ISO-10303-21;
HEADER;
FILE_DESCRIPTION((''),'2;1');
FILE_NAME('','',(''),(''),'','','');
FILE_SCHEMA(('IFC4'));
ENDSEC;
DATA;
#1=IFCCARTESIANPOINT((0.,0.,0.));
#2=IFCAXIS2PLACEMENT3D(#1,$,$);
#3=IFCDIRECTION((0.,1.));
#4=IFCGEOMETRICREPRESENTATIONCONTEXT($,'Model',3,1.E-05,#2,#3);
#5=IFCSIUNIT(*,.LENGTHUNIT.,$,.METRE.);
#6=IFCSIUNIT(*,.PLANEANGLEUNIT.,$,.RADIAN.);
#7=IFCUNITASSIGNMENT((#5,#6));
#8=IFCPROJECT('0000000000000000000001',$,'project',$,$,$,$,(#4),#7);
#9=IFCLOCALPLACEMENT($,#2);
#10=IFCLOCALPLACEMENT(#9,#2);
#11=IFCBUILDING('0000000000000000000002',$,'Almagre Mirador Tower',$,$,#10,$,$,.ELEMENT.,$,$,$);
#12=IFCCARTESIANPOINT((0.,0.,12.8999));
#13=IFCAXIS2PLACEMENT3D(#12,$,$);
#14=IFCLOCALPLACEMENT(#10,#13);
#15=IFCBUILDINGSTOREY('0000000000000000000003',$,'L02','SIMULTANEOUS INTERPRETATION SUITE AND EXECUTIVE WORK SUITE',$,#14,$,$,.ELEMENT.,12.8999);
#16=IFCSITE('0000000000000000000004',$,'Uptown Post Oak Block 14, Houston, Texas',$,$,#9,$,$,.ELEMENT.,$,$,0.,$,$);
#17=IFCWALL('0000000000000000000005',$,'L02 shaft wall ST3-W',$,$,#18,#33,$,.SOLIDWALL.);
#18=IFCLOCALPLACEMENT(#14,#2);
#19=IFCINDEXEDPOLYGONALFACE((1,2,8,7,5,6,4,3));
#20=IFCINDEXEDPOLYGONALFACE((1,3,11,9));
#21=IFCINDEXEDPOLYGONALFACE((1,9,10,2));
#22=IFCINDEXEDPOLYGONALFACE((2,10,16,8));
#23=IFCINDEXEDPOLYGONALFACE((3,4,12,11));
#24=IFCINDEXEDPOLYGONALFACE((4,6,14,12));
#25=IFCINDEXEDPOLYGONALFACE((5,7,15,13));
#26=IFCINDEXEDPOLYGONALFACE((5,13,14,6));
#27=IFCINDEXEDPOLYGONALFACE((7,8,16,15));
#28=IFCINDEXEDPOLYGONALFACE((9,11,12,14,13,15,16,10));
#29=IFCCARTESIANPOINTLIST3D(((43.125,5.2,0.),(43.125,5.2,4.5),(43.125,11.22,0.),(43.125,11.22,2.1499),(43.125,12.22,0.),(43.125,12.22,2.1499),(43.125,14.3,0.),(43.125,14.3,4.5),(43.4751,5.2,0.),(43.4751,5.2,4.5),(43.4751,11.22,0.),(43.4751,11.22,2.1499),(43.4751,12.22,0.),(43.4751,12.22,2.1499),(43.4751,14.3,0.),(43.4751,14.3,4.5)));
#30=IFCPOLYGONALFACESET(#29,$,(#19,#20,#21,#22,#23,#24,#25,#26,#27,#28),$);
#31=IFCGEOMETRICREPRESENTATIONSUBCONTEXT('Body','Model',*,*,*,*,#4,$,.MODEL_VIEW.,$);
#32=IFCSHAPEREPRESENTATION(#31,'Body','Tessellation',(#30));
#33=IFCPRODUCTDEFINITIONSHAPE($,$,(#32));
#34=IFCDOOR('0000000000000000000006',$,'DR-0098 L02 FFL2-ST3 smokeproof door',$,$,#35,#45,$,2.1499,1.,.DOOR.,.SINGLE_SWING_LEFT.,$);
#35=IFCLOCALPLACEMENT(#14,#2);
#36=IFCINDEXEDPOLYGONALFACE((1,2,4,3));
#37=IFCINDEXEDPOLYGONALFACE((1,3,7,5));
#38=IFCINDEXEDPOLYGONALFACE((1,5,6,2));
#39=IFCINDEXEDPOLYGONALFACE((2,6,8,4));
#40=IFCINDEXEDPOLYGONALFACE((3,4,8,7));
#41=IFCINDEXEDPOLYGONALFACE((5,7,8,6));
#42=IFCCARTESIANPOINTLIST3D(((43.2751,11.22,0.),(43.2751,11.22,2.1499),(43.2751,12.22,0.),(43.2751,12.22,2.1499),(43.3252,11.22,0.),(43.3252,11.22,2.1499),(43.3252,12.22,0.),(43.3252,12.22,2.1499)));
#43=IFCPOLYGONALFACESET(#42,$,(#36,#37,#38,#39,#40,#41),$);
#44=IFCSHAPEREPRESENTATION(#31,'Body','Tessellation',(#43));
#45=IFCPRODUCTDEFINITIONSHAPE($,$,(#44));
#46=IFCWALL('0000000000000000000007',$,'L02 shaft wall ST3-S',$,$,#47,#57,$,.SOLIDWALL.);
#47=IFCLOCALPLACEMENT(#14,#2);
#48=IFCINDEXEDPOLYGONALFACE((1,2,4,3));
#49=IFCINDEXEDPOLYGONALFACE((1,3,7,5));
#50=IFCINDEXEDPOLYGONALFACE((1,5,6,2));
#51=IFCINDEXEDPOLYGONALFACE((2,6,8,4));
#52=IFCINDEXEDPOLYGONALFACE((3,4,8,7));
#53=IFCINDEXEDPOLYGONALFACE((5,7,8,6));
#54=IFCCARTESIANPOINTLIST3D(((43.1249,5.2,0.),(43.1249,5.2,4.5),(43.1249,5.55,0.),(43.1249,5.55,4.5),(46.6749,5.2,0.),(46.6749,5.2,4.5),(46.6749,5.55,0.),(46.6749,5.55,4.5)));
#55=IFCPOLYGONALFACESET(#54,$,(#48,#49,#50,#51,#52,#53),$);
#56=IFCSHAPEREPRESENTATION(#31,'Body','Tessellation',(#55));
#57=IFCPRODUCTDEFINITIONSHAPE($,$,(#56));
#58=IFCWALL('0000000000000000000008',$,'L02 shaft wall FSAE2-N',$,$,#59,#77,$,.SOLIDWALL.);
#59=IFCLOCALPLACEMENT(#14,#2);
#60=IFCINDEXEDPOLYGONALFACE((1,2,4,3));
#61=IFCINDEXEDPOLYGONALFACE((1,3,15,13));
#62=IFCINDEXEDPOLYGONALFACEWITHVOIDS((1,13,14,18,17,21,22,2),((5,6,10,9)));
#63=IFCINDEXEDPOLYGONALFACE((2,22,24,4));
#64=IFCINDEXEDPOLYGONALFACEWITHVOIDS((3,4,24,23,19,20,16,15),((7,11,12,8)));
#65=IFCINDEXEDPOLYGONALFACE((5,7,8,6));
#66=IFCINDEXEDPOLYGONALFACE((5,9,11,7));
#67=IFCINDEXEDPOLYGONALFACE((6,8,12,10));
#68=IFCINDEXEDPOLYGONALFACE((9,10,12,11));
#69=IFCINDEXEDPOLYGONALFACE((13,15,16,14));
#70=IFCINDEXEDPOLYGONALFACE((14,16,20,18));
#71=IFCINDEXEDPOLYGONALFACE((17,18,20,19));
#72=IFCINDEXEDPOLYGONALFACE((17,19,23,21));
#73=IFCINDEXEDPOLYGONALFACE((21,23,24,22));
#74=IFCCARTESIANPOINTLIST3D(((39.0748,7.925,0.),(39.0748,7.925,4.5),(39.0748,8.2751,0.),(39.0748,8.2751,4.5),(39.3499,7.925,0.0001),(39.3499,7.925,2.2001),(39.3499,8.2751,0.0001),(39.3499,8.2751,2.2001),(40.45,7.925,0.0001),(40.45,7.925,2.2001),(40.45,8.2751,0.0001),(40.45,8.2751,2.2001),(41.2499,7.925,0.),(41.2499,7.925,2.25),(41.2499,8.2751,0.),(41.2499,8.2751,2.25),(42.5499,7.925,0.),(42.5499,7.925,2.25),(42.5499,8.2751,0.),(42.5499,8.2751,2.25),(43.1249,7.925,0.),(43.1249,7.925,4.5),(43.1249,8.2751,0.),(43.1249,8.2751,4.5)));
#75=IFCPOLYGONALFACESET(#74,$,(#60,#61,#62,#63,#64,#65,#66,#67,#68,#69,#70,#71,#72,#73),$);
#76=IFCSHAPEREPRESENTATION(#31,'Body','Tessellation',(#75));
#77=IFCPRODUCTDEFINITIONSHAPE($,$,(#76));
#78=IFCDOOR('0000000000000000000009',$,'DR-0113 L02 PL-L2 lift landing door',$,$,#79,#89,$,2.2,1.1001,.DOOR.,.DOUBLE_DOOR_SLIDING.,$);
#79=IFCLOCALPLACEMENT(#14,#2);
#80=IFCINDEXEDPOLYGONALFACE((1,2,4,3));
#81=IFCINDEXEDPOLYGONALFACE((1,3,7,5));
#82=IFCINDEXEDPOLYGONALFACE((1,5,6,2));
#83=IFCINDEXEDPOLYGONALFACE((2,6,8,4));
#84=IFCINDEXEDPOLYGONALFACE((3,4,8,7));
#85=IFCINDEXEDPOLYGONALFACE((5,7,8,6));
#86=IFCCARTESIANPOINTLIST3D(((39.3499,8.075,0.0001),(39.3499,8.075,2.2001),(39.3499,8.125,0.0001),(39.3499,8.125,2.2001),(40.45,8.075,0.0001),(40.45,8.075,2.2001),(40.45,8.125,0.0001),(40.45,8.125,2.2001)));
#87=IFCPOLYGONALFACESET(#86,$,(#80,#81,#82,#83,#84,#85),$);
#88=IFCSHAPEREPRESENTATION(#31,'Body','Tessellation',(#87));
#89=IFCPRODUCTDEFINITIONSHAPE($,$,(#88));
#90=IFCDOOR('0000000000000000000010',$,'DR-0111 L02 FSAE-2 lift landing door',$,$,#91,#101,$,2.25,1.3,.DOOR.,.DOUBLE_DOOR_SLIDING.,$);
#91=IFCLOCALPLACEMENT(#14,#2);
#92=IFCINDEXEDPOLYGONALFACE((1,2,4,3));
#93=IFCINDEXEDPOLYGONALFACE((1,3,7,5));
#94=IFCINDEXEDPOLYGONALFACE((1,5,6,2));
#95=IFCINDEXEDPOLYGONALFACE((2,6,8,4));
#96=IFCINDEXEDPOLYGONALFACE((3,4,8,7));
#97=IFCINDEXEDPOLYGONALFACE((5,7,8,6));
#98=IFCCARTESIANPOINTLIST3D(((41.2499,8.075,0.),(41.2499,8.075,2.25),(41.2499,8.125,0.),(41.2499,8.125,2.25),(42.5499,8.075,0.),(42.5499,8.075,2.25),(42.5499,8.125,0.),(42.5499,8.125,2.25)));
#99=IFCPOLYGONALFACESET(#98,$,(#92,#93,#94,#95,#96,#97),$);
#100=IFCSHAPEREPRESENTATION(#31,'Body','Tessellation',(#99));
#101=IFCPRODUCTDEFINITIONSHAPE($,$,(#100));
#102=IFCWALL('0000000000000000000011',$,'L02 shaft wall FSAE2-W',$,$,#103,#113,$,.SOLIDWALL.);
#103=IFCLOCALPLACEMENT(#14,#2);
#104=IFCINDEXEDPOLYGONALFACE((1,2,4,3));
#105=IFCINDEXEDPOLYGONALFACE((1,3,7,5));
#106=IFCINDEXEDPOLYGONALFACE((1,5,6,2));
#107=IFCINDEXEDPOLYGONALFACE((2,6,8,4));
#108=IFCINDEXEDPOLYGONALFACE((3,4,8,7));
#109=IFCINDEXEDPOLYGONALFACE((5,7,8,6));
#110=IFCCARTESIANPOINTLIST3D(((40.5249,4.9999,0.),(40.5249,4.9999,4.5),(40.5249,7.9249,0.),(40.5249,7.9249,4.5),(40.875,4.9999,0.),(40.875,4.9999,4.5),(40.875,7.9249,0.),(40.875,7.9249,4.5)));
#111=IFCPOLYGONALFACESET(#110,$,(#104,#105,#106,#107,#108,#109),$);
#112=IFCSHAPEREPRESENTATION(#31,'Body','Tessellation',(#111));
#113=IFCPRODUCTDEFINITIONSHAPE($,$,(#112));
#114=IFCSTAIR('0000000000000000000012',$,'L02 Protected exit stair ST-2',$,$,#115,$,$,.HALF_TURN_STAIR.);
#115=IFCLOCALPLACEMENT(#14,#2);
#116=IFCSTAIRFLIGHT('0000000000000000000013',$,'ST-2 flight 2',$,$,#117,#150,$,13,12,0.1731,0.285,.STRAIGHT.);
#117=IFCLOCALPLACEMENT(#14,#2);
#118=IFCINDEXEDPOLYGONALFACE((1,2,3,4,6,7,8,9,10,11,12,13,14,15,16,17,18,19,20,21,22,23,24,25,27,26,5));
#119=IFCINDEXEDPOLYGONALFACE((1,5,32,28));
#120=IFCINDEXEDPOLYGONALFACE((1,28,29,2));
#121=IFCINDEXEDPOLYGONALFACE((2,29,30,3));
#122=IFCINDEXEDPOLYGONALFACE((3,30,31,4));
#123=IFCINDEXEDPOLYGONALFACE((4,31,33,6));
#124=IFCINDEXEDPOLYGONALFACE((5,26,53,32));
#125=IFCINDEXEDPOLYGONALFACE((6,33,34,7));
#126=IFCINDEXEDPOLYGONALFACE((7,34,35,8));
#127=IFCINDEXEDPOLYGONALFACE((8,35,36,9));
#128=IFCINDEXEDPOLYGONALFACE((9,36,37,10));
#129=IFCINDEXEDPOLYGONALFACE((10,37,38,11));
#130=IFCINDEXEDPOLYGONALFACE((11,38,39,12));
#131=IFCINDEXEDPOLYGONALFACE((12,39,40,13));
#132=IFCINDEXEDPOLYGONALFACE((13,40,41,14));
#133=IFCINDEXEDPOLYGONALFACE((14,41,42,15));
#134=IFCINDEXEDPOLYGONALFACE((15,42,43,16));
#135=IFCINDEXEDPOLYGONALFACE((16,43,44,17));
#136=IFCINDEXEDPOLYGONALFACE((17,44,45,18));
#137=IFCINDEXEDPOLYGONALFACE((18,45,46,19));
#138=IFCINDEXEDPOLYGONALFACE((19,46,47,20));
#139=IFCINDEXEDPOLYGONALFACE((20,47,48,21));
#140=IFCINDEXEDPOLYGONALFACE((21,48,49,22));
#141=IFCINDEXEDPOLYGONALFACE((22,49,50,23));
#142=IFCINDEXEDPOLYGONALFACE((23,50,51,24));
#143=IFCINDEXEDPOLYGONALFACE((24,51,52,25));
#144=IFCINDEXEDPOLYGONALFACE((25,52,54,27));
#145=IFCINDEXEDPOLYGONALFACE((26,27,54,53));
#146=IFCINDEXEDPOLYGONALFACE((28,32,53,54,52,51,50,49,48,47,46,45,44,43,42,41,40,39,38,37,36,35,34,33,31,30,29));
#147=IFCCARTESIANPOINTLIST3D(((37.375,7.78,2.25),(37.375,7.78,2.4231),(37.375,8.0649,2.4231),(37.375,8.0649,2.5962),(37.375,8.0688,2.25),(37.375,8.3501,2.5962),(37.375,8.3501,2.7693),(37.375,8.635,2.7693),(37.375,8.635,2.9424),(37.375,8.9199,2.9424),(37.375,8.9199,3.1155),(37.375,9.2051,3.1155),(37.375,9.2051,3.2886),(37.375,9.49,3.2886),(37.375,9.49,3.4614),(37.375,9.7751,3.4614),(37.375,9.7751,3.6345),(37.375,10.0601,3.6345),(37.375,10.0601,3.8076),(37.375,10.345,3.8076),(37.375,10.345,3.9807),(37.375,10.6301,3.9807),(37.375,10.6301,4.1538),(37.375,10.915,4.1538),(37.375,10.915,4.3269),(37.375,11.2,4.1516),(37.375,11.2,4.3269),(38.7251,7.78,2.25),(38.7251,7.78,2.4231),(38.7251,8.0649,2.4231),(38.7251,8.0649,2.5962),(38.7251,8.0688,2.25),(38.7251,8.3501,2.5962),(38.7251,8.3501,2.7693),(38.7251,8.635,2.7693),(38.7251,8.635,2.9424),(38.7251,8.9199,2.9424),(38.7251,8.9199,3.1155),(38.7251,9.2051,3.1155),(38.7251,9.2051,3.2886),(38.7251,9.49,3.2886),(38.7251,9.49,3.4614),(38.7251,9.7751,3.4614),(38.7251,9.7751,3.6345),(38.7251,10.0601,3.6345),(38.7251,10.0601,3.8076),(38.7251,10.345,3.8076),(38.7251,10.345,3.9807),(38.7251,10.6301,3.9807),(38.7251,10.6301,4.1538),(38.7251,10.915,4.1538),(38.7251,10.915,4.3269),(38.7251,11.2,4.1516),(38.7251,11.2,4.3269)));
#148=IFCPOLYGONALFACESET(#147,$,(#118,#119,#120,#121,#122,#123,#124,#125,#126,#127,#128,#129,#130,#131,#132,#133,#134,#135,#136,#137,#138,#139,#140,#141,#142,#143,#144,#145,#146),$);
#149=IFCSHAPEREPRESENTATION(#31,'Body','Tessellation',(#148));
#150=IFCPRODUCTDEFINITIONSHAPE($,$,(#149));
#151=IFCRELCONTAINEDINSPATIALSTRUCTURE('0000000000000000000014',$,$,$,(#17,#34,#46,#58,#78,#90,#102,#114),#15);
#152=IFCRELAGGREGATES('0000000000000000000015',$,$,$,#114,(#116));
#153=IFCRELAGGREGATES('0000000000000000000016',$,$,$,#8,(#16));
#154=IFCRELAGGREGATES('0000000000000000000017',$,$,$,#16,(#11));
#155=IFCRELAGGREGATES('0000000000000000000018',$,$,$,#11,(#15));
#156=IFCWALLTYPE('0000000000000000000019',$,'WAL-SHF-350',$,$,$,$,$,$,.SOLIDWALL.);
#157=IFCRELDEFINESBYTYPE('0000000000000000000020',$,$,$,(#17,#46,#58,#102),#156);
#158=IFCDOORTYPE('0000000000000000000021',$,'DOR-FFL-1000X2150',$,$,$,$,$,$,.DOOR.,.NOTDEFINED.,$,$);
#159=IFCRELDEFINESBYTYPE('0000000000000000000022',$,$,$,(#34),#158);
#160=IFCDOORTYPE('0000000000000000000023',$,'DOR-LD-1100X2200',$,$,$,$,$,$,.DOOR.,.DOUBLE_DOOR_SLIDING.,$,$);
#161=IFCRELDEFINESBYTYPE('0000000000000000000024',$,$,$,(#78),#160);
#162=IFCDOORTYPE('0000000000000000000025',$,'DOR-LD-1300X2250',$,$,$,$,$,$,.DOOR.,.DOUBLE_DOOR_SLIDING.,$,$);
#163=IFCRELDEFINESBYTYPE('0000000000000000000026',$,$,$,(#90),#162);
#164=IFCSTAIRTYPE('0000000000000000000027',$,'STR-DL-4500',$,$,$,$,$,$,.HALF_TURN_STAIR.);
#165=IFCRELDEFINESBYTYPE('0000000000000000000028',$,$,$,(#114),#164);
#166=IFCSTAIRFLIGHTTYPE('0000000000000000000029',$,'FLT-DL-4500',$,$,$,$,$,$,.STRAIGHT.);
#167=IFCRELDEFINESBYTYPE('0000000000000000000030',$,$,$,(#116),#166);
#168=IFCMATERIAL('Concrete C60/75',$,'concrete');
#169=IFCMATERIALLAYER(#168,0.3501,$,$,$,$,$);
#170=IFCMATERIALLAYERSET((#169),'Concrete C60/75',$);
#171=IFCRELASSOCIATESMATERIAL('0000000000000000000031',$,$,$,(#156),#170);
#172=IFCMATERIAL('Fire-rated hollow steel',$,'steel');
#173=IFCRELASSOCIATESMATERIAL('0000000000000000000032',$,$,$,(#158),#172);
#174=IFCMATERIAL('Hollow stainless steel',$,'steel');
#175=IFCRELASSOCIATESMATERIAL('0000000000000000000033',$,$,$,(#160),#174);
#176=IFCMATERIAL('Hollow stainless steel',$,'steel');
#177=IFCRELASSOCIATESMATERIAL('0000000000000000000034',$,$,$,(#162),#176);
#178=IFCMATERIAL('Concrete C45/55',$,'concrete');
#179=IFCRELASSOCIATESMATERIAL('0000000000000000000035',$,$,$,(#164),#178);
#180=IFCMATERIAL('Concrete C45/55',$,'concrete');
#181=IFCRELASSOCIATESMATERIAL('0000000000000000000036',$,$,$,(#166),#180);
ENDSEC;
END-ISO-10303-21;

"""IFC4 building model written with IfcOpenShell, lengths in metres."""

from ifc_helpers import new_model, si_unit, direction, frame, frame_2d, origin, place, context, subcontext, project, spatial, polyline, rectangle, outline, extrude, material, layer, layer_set, type_object, element, fill, aggregate, save


model = new_model("IFC4")

# Units and contexts
model_context = context("Model", 3, precision=1e-05, world=origin(), true_north=direction((0.0, 1.0)))
body_context = subcontext(model_context, "Body", "Model", "MODEL_VIEW")
ifc_project = project(units=[si_unit("LENGTHUNIT", "METRE"), si_unit("PLANEANGLEUNIT", "RADIAN")], contexts=[model_context])

# Site, building, storey
site_placement = place(None, origin())
site = spatial("IfcSite", under=ifc_project, at=site_placement, Name="Uptown Post Oak Block 14, Houston, Texas", CompositionType="ELEMENT", RefElevation=0.0)
building_placement = place(site_placement, origin())
building = spatial("IfcBuilding", under=site, at=building_placement, Name="Almagre Mirador Tower", CompositionType="ELEMENT")
storey_placement = place(building_placement, frame((0.0, 0.0, 12.8999)))
storey = spatial("IfcBuildingStorey", under=building, at=storey_placement, Name="L02", Description="SIMULTANEOUS INTERPRETATION SUITE AND EXECUTIVE WORK SUITE", CompositionType="ELEMENT", Elevation=12.8999)

# Wall, opening, door
ifc_material_1 = material(Name="Concrete C60/75", Category="concrete")
ifc_layer_1 = layer(ifc_material_1, 0.3501)
ifc_layer_set_1 = layer_set([ifc_layer_1], Name="Concrete C60/75")
wall_type_1 = type_object("IfcWallType", Name="WAL-SHF-350", PredefinedType="SOLIDWALL", material=ifc_layer_set_1)
ifc_material_2 = material(Name="Fire-rated hollow steel", Category="steel")
door_type_1 = type_object("IfcDoorType", Name="DOR-FFL-1000X2150", OperationType="NOTDEFINED", PredefinedType="DOOR", material=ifc_material_2)
wall_1_placement = place(storey_placement, frame((43.3, 5.2, 0.0), z_axis=(0.0, 0.0, 1.0), x_axis=(0.0, 1.0, 0.0)))
wall_1 = element("IfcWall", 1, at=wall_1_placement, inside=storey, type_object=wall_type_1, Name="L02 shaft wall ST3-W", PredefinedType="SOLIDWALL", context=body_context, shape_type="SweptSolid", body=[
    extrude(rectangle(XDim=9.1001, YDim=0.3501, at=frame_2d((4.55, 0.0))), origin(), (0.0, 0.0, 1.0), 4.5),
])
opening_1_placement = place(wall_1_placement, frame((6.02, 0.0, 0.0)))
opening_1 = element("IfcOpeningElement", 2, at=opening_1_placement, cuts=wall_1, PredefinedType="OPENING", context=body_context, shape_type="SweptSolid", body=[
    extrude(rectangle(XDim=1.0, YDim=2.1499, at=frame_2d((0.5, 1.075))), frame((0.0, 0.185, 0.0), z_axis=(0.0, -1.0, 0.0), x_axis=(1.0, 0.0, 0.0)), (0.0, 0.0, 1.0), 0.3701),
])
door_1_placement = place(opening_1_placement, origin())
door_1 = element("IfcDoor", 3, at=door_1_placement, inside=storey, type_object=door_type_1, Name="DR-0098 L02 FFL2-ST3 smokeproof door", OperationType="SINGLE_SWING_LEFT", OverallHeight=2.1499, OverallWidth=1.0, PredefinedType="DOOR", context=body_context, shape_type="SweptSolid", body=[
    extrude(rectangle(XDim=1.0, YDim=2.1499, at=frame_2d((0.5, 1.075))), frame((0.0, 0.0249, 0.0), z_axis=(0.0, -1.0, 0.0), x_axis=(1.0, 0.0, 0.0)), (0.0, 0.0, 1.0), 0.05),
])
fill(opening_1, door_1)

# Wall
wall_2_placement = place(storey_placement, frame((43.125, 5.375, 0.0), z_axis=(0.0, 0.0, 1.0), x_axis=(1.0, 0.0, 0.0)))
element("IfcWall", 4, at=wall_2_placement, inside=storey, type_object=wall_type_1, Name="L02 shaft wall ST3-S", PredefinedType="SOLIDWALL", context=body_context, shape_type="SweptSolid", body=[
    extrude(rectangle(XDim=3.55, YDim=0.3501, at=frame_2d((1.7749, 0.0))), origin(), (0.0, 0.0, 1.0), 4.5),
])

# Wall, openings, doors
wall_3_placement = place(storey_placement, frame((39.075, 8.1001, 0.0), z_axis=(0.0, 0.0, 1.0), x_axis=(1.0, 0.0, 0.0)))
wall_3 = element("IfcWall", 5, at=wall_3_placement, inside=storey, type_object=wall_type_1, Name="L02 shaft wall FSAE2-N", PredefinedType="SOLIDWALL", context=body_context, shape_type="SweptSolid", body=[
    extrude(rectangle(XDim=4.05, YDim=0.3501, at=frame_2d((2.0249, 0.0))), origin(), (0.0, 0.0, 1.0), 4.5),
])
opening_2_placement = place(wall_3_placement, frame((2.175, 0.0, 0.0)))
opening_2 = element("IfcOpeningElement", 6, at=opening_2_placement, cuts=wall_3, PredefinedType="OPENING", context=body_context, shape_type="SweptSolid", body=[
    extrude(rectangle(XDim=1.3, YDim=2.25, at=frame_2d((0.6499, 1.125))), frame((0.0, 0.185, 0.0), z_axis=(0.0, -1.0, 0.0), x_axis=(1.0, 0.0, 0.0)), (0.0, 0.0, 1.0), 0.3701),
])
opening_3_placement = place(wall_3_placement, frame((0.2749, 0.0, 0.0)))
opening_3 = element("IfcOpeningElement", 7, at=opening_3_placement, cuts=wall_3, PredefinedType="OPENING", context=body_context, shape_type="SweptSolid", body=[
    extrude(rectangle(XDim=1.1001, YDim=2.2, at=frame_2d((0.55, 1.1001))), frame((0.0, 0.185, 0.0), z_axis=(0.0, -1.0, 0.0), x_axis=(1.0, 0.0, 0.0)), (0.0, 0.0, 1.0), 0.3701),
])
ifc_material_3 = material(Name="Hollow stainless steel", Category="steel")
door_type_2 = type_object("IfcDoorType", Name="DOR-LD-1100X2200", OperationType="DOUBLE_DOOR_SLIDING", PredefinedType="DOOR", material=ifc_material_3)
door_2_placement = place(opening_3_placement, origin())
door_2 = element("IfcDoor", 8, at=door_2_placement, inside=storey, type_object=door_type_2, Name="DR-0113 L02 PL-L2 lift landing door", OperationType="DOUBLE_DOOR_SLIDING", OverallHeight=2.2, OverallWidth=1.1001, PredefinedType="DOOR", context=body_context, shape_type="SweptSolid", body=[
    extrude(rectangle(XDim=1.1001, YDim=2.2, at=frame_2d((0.55, 1.1001))), frame((0.0, 0.0249, 0.0), z_axis=(0.0, -1.0, 0.0), x_axis=(1.0, 0.0, 0.0)), (0.0, 0.0, 1.0), 0.05),
])
fill(opening_3, door_2)
ifc_material_4 = material(Name="Hollow stainless steel", Category="steel")
door_type_3 = type_object("IfcDoorType", Name="DOR-LD-1300X2250", OperationType="DOUBLE_DOOR_SLIDING", PredefinedType="DOOR", material=ifc_material_4)
door_3_placement = place(opening_2_placement, origin())
door_3 = element("IfcDoor", 9, at=door_3_placement, inside=storey, type_object=door_type_3, Name="DR-0111 L02 FSAE-2 lift landing door", OperationType="DOUBLE_DOOR_SLIDING", OverallHeight=2.25, OverallWidth=1.3, PredefinedType="DOOR", context=body_context, shape_type="SweptSolid", body=[
    extrude(rectangle(XDim=1.3, YDim=2.25, at=frame_2d((0.6499, 1.125))), frame((0.0, 0.0249, 0.0), z_axis=(0.0, -1.0, 0.0), x_axis=(1.0, 0.0, 0.0)), (0.0, 0.0, 1.0), 0.05),
])
fill(opening_2, door_3)

# Wall
wall_4_placement = place(storey_placement, frame((40.7, 5.0, 0.0), z_axis=(0.0, 0.0, 1.0), x_axis=(0.0, 1.0, 0.0)))
element("IfcWall", 10, at=wall_4_placement, inside=storey, type_object=wall_type_1, Name="L02 shaft wall FSAE2-W", PredefinedType="SOLIDWALL", context=body_context, shape_type="SweptSolid", body=[
    extrude(rectangle(XDim=2.925, YDim=0.3501, at=frame_2d((1.4624, 0.0))), origin(), (0.0, 0.0, 1.0), 4.5),
])

# Stair, stair flight
ifc_material_5 = material(Name="Concrete C45/55", Category="concrete")
stair_type = type_object("IfcStairType", Name="STR-DL-4500", PredefinedType="HALF_TURN_STAIR", material=ifc_material_5)
stair_1_placement = place(storey_placement, origin())
stair_1 = element("IfcStair", 11, at=stair_1_placement, inside=storey, type_object=stair_type, Name="L02 Protected exit stair ST-2", PredefinedType="HALF_TURN_STAIR")
ifc_material_6 = material(Name="Concrete C45/55", Category="concrete")
stair_flight_type = type_object("IfcStairFlightType", Name="FLT-DL-4500", PredefinedType="STRAIGHT", material=ifc_material_6)
stair_flight_1_placement = place(storey_placement, frame((38.05, 7.78, 2.25), z_axis=(0.0, 0.0, 1.0), x_axis=(0.0, 1.0, 0.0)))
stair_flight_1 = element("IfcStairFlight", 12, at=stair_flight_1_placement, type_object=stair_flight_type, Name="ST-2 flight 2", NumberOfRisers=13, NumberOfTreads=12, PredefinedType="STRAIGHT", RiserHeight=0.1731, TreadLength=0.285, context=body_context, shape_type="SweptSolid", body=[
    extrude(outline(polyline([(0.0, 0.0), (0.0, 0.1731), (0.2849, 0.1731), (0.2849, 0.3462), (0.5701, 0.3462), (0.5701, 0.5193), (0.855, 0.5193), (0.855, 0.6924), (1.1399, 0.6924), (1.1399, 0.8655), (1.425, 0.8655), (1.425, 1.0386), (1.71, 1.0386), (1.71, 1.2114), (1.9951, 1.2114), (1.9951, 1.3845), (2.28, 1.3845), (2.28, 1.5576), (2.5649, 1.5576), (2.5649, 1.7307), (2.8501, 1.7307), (2.8501, 1.9038), (3.135, 1.9038), (3.135, 2.0769), (3.4199, 2.0769), (3.4199, 2.25), (3.4199, 1.9016), (0.2888, 0.0), (0.0, 0.0)])), frame((0.0, 0.675, 0.0), z_axis=(0.0, -1.0, 0.0), x_axis=(1.0, 0.0, 0.0)), (0.0, 0.0, 1.0), 1.3501),
])
aggregate(stair_1, [stair_flight_1])

save(model, "model.ifc")
